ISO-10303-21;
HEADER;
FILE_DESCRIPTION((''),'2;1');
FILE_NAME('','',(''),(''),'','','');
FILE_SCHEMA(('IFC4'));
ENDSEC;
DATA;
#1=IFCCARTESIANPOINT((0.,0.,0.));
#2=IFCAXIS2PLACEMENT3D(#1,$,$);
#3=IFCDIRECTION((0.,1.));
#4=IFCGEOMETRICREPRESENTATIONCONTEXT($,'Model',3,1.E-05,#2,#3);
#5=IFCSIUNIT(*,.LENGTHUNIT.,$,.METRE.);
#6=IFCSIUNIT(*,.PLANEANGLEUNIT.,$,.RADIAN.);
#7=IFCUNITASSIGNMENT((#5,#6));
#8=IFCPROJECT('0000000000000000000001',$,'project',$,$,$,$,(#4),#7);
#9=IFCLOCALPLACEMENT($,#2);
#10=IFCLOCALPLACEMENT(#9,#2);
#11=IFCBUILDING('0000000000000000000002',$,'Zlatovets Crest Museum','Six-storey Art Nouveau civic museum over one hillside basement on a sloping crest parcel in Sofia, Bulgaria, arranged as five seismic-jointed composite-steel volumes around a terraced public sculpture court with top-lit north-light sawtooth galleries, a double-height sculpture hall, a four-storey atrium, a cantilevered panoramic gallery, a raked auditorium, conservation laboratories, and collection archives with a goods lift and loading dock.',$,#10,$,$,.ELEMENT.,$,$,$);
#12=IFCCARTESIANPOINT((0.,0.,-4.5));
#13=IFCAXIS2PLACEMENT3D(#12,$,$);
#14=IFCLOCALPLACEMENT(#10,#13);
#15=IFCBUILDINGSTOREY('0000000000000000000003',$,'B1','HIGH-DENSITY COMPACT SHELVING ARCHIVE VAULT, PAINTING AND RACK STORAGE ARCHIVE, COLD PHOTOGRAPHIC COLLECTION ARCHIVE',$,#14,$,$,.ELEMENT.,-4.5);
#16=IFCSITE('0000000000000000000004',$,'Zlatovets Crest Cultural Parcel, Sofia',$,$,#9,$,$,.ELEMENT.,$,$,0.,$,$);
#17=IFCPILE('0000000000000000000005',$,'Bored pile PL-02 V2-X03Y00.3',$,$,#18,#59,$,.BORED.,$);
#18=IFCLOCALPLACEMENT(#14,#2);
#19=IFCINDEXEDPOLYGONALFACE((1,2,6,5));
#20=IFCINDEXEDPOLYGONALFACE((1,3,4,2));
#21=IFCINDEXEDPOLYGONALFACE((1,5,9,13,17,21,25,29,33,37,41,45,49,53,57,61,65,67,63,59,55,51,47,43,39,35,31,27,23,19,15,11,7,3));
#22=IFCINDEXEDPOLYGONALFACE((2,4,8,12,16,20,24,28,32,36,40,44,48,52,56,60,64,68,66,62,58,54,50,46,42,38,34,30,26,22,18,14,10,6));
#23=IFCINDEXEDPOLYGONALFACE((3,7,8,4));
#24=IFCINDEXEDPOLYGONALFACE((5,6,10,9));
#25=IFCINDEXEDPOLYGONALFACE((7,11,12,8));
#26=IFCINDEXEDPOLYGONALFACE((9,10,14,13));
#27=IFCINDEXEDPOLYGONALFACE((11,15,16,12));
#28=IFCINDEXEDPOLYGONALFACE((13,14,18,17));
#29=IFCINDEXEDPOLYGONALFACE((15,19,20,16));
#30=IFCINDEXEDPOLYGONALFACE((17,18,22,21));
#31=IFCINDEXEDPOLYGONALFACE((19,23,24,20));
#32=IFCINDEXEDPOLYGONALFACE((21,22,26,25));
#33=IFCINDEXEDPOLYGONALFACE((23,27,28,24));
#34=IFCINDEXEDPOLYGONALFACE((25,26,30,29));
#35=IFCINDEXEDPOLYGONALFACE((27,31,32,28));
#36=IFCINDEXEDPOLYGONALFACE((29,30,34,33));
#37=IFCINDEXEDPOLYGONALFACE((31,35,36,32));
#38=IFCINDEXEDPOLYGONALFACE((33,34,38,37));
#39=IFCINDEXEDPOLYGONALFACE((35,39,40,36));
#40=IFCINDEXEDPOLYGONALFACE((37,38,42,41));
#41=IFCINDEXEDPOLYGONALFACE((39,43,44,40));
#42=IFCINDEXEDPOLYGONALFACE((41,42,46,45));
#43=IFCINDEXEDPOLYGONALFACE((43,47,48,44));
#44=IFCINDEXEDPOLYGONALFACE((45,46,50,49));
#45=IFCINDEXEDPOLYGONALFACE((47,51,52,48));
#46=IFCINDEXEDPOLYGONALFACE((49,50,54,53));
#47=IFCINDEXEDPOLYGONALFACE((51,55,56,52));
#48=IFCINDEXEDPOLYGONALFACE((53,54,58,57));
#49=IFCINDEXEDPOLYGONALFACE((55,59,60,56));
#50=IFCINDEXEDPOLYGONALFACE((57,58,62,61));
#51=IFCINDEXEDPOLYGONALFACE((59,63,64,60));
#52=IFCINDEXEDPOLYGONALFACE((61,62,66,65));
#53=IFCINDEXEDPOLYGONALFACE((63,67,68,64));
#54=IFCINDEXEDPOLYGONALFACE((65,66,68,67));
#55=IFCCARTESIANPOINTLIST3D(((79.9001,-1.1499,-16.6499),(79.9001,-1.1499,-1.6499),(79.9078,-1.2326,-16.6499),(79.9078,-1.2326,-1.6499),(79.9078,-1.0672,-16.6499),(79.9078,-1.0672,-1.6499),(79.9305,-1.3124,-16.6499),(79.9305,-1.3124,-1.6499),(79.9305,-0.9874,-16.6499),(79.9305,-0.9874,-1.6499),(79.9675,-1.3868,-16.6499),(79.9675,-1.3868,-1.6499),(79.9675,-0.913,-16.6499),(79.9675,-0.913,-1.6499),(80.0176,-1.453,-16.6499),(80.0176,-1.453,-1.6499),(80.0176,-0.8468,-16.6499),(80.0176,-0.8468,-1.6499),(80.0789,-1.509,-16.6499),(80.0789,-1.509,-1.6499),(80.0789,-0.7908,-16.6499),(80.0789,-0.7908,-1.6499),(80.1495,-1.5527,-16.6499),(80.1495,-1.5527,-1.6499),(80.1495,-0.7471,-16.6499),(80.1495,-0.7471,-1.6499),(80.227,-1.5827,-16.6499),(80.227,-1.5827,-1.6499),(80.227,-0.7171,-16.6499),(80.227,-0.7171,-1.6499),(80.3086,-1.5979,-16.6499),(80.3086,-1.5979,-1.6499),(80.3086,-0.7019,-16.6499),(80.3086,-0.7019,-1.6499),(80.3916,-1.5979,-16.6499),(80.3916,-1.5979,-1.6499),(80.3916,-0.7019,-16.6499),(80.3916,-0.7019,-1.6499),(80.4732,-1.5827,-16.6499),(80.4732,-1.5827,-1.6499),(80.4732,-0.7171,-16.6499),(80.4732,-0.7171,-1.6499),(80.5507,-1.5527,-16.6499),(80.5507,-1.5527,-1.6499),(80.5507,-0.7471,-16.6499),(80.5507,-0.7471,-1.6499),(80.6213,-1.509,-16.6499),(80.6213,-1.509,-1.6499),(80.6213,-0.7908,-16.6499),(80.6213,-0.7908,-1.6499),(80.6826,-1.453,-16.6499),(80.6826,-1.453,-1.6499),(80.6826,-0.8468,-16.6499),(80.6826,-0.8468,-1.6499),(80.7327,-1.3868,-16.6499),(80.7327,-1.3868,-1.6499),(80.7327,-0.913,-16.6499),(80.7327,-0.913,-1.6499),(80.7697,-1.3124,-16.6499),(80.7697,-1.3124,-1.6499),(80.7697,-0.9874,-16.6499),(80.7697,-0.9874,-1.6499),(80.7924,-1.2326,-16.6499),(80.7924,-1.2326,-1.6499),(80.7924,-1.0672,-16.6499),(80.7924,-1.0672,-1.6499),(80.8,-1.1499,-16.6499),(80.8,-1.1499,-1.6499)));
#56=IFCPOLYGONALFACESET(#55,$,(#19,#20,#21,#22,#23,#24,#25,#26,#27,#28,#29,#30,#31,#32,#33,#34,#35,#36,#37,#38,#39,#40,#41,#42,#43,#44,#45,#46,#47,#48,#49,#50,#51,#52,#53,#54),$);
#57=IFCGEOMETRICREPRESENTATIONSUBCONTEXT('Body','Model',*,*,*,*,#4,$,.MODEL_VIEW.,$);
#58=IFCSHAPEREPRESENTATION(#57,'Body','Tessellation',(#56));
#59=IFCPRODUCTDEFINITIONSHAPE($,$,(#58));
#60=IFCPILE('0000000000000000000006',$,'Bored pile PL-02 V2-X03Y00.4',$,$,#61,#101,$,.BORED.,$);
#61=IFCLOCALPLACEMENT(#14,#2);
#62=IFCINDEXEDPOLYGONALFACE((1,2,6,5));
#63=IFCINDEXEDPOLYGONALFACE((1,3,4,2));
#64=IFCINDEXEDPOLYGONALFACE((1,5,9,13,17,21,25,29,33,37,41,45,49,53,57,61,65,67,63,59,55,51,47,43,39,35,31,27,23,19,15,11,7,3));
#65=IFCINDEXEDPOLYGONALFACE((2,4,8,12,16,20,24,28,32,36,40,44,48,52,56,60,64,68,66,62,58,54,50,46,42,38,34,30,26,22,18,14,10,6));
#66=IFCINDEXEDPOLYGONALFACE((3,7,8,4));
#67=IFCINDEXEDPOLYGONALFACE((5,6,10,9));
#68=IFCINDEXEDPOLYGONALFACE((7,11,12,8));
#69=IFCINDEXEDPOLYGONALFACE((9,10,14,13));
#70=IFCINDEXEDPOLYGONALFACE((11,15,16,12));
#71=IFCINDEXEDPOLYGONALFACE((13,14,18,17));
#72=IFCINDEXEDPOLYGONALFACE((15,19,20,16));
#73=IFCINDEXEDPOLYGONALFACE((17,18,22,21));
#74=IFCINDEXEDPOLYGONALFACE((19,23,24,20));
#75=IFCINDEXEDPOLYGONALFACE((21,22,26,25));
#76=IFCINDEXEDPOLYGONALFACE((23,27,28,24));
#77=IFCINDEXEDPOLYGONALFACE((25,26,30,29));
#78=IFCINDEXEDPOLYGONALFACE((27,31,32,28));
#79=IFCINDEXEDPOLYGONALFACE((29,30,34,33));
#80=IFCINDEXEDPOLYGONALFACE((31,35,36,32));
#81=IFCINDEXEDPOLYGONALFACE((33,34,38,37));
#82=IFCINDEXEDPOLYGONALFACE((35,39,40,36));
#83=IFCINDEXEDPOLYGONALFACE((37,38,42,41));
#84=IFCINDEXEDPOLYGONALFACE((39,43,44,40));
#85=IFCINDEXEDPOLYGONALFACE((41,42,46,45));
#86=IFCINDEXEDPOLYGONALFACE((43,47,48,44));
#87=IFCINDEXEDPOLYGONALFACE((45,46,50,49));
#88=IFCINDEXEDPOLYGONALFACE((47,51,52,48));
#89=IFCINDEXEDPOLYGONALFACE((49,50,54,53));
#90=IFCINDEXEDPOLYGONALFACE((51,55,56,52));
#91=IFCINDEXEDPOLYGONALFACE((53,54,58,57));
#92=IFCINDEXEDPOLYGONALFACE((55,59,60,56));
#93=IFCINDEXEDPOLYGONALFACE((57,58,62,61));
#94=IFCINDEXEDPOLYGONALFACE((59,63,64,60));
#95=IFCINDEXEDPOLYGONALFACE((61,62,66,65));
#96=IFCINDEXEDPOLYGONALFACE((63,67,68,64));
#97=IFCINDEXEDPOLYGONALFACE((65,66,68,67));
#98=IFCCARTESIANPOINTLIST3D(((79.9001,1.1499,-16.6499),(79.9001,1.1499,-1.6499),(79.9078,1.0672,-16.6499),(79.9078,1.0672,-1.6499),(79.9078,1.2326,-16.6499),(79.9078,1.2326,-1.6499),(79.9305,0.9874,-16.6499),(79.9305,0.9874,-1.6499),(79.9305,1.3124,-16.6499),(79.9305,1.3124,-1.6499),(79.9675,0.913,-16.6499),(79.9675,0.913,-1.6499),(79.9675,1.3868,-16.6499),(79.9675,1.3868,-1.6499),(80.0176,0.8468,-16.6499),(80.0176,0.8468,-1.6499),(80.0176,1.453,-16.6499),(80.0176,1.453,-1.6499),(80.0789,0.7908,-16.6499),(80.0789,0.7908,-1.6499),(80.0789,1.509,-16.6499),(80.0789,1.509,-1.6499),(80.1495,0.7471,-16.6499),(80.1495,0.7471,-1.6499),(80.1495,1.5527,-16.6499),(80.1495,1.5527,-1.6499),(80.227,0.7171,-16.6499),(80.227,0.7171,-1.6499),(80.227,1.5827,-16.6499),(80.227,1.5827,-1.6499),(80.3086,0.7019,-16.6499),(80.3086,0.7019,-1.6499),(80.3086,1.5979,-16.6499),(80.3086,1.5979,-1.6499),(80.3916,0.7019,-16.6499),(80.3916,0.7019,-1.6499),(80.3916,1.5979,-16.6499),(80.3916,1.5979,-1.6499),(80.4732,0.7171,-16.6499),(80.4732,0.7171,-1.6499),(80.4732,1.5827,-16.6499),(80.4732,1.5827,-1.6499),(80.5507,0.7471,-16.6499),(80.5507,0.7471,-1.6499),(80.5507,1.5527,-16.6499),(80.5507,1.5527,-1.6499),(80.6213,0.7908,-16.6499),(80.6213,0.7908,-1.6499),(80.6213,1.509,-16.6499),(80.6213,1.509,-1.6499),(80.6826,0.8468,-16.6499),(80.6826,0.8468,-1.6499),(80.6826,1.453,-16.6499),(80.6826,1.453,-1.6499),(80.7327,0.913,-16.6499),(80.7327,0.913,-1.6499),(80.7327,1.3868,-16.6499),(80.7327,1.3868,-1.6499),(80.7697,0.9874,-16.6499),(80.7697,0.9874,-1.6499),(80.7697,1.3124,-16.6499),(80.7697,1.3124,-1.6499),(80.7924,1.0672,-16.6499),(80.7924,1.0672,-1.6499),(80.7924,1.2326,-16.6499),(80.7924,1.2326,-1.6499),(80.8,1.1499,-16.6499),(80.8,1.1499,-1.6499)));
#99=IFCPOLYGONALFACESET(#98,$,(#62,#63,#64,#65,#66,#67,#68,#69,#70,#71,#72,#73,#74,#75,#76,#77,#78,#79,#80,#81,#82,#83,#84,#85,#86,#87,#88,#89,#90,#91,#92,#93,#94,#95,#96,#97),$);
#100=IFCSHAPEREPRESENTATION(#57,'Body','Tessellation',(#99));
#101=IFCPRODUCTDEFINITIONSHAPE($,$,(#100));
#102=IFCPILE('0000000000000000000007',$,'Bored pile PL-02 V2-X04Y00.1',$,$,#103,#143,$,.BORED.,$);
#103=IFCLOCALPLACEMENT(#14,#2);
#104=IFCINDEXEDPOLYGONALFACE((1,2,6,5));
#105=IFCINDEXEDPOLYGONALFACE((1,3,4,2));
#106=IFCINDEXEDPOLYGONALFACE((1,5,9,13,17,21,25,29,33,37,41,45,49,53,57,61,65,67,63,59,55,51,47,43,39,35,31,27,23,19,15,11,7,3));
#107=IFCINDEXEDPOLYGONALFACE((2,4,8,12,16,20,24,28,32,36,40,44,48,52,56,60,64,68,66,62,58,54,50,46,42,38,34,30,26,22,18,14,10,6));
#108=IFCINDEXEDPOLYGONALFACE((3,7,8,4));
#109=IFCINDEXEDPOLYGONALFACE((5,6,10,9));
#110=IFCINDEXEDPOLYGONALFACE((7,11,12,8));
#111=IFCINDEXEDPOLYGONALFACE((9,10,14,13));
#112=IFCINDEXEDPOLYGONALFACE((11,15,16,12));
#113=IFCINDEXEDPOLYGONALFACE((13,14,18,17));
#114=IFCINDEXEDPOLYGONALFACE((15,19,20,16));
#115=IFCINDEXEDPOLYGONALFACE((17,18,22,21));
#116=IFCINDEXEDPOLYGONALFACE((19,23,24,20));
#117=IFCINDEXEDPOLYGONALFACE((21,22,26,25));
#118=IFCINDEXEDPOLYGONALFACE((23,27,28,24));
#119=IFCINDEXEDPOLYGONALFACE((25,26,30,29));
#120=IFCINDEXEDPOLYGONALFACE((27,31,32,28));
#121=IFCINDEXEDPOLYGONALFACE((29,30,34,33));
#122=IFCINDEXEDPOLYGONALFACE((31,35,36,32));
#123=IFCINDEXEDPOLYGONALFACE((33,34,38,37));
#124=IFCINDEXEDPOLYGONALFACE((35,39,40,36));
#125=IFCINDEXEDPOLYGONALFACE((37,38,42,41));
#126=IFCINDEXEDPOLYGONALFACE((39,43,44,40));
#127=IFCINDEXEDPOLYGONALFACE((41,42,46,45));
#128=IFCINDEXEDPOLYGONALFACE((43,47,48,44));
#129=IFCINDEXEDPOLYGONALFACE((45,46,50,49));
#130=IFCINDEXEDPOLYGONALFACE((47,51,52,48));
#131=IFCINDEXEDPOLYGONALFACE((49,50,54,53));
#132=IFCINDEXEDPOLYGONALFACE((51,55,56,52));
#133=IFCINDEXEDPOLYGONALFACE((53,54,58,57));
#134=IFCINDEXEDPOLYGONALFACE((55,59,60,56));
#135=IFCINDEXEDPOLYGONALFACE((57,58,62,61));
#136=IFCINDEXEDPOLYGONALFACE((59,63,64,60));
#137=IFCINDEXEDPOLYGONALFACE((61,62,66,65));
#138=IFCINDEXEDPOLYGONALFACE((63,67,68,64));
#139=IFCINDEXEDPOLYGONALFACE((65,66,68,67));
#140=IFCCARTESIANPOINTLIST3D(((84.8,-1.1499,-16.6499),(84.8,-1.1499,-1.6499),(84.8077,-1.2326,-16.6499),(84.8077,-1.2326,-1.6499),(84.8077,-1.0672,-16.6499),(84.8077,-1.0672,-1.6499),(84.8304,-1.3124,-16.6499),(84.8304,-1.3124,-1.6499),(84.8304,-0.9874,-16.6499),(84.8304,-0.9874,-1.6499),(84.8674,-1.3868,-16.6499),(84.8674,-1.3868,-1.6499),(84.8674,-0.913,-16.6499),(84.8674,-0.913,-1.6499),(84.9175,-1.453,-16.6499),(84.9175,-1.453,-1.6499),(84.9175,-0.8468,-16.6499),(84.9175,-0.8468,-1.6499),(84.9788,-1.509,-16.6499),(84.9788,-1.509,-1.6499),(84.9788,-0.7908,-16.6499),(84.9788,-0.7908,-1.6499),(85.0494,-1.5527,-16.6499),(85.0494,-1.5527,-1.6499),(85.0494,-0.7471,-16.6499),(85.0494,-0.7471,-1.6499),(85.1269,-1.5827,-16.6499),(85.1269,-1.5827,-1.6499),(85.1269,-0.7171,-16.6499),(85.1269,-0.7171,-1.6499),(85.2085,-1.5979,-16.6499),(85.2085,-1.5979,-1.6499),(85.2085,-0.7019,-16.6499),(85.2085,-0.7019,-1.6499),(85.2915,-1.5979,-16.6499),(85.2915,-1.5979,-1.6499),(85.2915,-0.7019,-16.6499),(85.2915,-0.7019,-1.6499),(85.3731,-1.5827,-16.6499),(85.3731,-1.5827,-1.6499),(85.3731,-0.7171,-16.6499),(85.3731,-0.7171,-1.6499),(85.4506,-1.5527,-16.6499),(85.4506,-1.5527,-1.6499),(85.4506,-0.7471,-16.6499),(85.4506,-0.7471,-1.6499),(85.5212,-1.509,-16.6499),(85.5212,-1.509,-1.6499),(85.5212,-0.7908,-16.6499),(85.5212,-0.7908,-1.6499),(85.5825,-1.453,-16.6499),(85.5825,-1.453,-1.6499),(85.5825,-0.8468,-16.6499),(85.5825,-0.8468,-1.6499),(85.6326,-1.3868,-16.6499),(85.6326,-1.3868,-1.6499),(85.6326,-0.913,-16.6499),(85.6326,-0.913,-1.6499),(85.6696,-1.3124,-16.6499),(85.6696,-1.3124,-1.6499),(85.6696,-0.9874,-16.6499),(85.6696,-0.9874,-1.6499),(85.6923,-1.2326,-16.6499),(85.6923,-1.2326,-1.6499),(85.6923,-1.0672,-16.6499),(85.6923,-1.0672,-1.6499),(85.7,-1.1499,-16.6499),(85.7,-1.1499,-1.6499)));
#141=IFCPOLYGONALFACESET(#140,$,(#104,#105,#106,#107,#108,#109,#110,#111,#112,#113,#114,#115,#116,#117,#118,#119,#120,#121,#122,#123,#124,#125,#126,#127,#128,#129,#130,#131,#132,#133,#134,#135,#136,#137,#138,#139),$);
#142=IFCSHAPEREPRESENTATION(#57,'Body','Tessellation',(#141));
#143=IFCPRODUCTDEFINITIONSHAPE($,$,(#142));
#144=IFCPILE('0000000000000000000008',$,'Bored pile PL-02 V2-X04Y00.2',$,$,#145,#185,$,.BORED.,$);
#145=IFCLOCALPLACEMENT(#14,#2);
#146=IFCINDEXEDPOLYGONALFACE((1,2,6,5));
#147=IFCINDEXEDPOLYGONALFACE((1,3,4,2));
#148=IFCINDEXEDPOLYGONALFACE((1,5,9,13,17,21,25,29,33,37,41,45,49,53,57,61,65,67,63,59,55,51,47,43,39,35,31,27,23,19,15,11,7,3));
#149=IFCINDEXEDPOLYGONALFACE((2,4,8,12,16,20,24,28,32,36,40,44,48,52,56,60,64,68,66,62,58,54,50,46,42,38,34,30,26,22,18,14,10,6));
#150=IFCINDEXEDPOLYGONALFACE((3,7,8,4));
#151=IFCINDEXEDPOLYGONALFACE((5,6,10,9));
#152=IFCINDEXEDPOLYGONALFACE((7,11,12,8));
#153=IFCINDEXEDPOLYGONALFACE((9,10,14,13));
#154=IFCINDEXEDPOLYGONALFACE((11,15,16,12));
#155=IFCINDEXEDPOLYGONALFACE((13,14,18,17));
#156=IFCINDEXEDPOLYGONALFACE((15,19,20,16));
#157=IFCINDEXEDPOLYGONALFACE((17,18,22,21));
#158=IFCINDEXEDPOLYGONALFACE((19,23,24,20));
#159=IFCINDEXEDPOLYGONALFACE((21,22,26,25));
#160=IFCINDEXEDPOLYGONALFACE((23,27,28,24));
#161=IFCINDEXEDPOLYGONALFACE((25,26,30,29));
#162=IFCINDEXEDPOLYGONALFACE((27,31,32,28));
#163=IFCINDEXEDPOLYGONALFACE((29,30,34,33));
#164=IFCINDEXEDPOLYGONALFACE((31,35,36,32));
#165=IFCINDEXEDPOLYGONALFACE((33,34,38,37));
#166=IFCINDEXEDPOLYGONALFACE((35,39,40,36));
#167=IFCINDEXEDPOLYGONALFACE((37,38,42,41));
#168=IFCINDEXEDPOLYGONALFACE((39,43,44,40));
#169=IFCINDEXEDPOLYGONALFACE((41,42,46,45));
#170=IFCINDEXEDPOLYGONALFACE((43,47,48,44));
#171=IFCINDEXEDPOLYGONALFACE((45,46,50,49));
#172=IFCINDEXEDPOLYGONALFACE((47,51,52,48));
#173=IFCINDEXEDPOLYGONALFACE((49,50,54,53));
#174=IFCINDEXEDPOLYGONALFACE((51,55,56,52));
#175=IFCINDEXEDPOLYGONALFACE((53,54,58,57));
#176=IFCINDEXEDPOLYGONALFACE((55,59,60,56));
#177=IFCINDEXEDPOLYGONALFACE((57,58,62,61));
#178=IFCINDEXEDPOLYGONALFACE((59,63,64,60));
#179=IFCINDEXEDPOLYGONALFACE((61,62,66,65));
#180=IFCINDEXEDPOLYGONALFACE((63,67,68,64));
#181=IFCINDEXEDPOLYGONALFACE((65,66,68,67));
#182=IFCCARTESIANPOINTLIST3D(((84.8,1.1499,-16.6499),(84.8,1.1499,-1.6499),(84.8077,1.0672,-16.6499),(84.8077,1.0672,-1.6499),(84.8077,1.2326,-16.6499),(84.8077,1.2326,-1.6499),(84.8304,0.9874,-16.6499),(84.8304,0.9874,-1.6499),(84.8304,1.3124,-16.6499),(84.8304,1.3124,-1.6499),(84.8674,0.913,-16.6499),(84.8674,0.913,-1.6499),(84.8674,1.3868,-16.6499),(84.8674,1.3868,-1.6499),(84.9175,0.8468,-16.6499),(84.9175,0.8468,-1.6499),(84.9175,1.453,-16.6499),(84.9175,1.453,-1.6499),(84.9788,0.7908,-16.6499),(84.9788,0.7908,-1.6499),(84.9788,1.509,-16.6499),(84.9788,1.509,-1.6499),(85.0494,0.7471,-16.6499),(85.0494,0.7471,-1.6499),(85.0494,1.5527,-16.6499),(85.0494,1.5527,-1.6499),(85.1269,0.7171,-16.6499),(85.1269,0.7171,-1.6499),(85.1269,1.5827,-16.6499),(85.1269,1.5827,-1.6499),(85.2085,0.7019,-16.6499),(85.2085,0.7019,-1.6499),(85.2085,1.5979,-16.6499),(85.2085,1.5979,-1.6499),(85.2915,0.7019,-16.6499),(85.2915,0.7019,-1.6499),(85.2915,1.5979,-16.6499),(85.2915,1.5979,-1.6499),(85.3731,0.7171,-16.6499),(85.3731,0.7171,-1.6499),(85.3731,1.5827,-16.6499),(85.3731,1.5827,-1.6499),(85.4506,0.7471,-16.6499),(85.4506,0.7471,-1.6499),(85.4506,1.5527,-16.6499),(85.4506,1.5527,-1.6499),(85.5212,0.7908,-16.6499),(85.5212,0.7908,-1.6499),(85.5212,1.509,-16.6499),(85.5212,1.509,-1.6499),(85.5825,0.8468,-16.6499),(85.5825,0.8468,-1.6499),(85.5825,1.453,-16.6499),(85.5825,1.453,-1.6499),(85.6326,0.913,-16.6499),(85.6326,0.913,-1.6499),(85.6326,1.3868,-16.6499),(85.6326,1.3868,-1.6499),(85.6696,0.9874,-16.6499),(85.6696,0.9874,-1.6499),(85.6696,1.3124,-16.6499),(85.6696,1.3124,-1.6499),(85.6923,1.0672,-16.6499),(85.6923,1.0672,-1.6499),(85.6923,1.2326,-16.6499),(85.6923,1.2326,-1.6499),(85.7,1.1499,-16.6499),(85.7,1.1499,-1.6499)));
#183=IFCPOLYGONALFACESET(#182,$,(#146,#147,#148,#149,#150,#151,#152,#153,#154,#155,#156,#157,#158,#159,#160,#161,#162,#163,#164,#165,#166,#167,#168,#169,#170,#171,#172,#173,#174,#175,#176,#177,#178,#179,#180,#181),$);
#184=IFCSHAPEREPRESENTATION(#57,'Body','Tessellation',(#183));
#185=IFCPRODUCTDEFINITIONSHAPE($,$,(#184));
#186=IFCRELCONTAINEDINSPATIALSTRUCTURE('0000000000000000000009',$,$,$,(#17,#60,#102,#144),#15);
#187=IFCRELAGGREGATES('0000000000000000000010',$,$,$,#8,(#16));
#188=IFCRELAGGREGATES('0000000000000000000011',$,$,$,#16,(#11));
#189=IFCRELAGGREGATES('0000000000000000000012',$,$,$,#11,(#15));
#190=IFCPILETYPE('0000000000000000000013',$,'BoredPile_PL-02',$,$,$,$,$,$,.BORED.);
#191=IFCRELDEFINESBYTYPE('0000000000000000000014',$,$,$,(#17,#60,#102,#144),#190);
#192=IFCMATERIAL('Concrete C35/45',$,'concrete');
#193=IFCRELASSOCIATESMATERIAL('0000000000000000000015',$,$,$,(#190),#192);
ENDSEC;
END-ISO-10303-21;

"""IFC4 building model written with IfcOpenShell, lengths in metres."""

from ifc_helpers import new_model, si_unit, direction, frame, origin, origin_2d, place, context, subcontext, project, spatial, circle, extrude, material, material_profile, profile_set, type_object, element, save


model = new_model("IFC4")

# Units and contexts
model_context = context("Model", 3, precision=1e-05, world=origin(), true_north=direction((0.0, 1.0)))
body_context = subcontext(model_context, "Body", "Model", "MODEL_VIEW")
ifc_project = project(units=[si_unit("LENGTHUNIT", "METRE"), si_unit("PLANEANGLEUNIT", "RADIAN")], contexts=[model_context])

# Site, building, storey
site_placement = place(None, origin())
site = spatial("IfcSite", under=ifc_project, at=site_placement, Name="Zlatovets Crest Cultural Parcel, Sofia", CompositionType="ELEMENT", RefElevation=0.0)
building_placement = place(site_placement, origin())
building = spatial("IfcBuilding", under=site, at=building_placement, Name="Zlatovets Crest Museum", Description="Six-storey Art Nouveau civic museum over one hillside basement on a sloping crest parcel in Sofia, Bulgaria, arranged as five seismic-jointed composite-steel volumes around a terraced public sculpture court with top-lit north-light sawtooth galleries, a double-height sculpture hall, a four-storey atrium, a cantilevered panoramic gallery, a raked auditorium, conservation laboratories, and collection archives with a goods lift and loading dock.", CompositionType="ELEMENT")
storey_placement = place(building_placement, frame((0.0, 0.0, -4.5)))
storey = spatial("IfcBuildingStorey", under=building, at=storey_placement, Name="B1", Description="HIGH-DENSITY COMPACT SHELVING ARCHIVE VAULT, PAINTING AND RACK STORAGE ARCHIVE, COLD PHOTOGRAPHIC COLLECTION ARCHIVE", CompositionType="ELEMENT", Elevation=-4.5)

# Piles
ifc_material_1 = material(Name="Concrete C35/45", Category="concrete")
ifc_material_profile_1 = material_profile(ifc_material_1, circle(Radius=0.45, at=origin_2d()), Name="PILE D900")
ifc_profile_set_1 = profile_set([ifc_material_profile_1], Name="Concrete C35/45")
pile_type_1 = type_object("IfcPileType", Name="BoredPile_PL-02", PredefinedType="BORED", material=ifc_profile_set_1)
for number, where, z_axis, x_axis, name in (
    (1, (80.3501, -1.1499, -1.6499), (0.0, 0.0, -1.0), (1.0, 0.0, 0.0), "Bored pile PL-02 V2-X03Y00.3"),
    (2, (80.3501, 1.1499, -1.6499), (0.0, 0.0, -1.0), (1.0, 0.0, 0.0), "Bored pile PL-02 V2-X03Y00.4"),
    (3, (85.25, -1.1499, -1.6499), (0.0, 0.0, -1.0), (1.0, 0.0, 0.0), "Bored pile PL-02 V2-X04Y00.1"),
    (4, (85.25, 1.1499, -1.6499), (0.0, 0.0, -1.0), (1.0, 0.0, 0.0), "Bored pile PL-02 V2-X04Y00.2"),
):
    element("IfcPile", number, at=place(storey_placement, frame(where, z_axis=z_axis, x_axis=x_axis)), inside=storey, type_object=pile_type_1, Name=name, PredefinedType="BORED", context=body_context, shape_type="SweptSolid", body=[
        extrude(circle(Radius=0.45, at=origin_2d()), origin(), (0.0, 0.0, 1.0), 15.0),
    ])

save(model, "model.ifc")
